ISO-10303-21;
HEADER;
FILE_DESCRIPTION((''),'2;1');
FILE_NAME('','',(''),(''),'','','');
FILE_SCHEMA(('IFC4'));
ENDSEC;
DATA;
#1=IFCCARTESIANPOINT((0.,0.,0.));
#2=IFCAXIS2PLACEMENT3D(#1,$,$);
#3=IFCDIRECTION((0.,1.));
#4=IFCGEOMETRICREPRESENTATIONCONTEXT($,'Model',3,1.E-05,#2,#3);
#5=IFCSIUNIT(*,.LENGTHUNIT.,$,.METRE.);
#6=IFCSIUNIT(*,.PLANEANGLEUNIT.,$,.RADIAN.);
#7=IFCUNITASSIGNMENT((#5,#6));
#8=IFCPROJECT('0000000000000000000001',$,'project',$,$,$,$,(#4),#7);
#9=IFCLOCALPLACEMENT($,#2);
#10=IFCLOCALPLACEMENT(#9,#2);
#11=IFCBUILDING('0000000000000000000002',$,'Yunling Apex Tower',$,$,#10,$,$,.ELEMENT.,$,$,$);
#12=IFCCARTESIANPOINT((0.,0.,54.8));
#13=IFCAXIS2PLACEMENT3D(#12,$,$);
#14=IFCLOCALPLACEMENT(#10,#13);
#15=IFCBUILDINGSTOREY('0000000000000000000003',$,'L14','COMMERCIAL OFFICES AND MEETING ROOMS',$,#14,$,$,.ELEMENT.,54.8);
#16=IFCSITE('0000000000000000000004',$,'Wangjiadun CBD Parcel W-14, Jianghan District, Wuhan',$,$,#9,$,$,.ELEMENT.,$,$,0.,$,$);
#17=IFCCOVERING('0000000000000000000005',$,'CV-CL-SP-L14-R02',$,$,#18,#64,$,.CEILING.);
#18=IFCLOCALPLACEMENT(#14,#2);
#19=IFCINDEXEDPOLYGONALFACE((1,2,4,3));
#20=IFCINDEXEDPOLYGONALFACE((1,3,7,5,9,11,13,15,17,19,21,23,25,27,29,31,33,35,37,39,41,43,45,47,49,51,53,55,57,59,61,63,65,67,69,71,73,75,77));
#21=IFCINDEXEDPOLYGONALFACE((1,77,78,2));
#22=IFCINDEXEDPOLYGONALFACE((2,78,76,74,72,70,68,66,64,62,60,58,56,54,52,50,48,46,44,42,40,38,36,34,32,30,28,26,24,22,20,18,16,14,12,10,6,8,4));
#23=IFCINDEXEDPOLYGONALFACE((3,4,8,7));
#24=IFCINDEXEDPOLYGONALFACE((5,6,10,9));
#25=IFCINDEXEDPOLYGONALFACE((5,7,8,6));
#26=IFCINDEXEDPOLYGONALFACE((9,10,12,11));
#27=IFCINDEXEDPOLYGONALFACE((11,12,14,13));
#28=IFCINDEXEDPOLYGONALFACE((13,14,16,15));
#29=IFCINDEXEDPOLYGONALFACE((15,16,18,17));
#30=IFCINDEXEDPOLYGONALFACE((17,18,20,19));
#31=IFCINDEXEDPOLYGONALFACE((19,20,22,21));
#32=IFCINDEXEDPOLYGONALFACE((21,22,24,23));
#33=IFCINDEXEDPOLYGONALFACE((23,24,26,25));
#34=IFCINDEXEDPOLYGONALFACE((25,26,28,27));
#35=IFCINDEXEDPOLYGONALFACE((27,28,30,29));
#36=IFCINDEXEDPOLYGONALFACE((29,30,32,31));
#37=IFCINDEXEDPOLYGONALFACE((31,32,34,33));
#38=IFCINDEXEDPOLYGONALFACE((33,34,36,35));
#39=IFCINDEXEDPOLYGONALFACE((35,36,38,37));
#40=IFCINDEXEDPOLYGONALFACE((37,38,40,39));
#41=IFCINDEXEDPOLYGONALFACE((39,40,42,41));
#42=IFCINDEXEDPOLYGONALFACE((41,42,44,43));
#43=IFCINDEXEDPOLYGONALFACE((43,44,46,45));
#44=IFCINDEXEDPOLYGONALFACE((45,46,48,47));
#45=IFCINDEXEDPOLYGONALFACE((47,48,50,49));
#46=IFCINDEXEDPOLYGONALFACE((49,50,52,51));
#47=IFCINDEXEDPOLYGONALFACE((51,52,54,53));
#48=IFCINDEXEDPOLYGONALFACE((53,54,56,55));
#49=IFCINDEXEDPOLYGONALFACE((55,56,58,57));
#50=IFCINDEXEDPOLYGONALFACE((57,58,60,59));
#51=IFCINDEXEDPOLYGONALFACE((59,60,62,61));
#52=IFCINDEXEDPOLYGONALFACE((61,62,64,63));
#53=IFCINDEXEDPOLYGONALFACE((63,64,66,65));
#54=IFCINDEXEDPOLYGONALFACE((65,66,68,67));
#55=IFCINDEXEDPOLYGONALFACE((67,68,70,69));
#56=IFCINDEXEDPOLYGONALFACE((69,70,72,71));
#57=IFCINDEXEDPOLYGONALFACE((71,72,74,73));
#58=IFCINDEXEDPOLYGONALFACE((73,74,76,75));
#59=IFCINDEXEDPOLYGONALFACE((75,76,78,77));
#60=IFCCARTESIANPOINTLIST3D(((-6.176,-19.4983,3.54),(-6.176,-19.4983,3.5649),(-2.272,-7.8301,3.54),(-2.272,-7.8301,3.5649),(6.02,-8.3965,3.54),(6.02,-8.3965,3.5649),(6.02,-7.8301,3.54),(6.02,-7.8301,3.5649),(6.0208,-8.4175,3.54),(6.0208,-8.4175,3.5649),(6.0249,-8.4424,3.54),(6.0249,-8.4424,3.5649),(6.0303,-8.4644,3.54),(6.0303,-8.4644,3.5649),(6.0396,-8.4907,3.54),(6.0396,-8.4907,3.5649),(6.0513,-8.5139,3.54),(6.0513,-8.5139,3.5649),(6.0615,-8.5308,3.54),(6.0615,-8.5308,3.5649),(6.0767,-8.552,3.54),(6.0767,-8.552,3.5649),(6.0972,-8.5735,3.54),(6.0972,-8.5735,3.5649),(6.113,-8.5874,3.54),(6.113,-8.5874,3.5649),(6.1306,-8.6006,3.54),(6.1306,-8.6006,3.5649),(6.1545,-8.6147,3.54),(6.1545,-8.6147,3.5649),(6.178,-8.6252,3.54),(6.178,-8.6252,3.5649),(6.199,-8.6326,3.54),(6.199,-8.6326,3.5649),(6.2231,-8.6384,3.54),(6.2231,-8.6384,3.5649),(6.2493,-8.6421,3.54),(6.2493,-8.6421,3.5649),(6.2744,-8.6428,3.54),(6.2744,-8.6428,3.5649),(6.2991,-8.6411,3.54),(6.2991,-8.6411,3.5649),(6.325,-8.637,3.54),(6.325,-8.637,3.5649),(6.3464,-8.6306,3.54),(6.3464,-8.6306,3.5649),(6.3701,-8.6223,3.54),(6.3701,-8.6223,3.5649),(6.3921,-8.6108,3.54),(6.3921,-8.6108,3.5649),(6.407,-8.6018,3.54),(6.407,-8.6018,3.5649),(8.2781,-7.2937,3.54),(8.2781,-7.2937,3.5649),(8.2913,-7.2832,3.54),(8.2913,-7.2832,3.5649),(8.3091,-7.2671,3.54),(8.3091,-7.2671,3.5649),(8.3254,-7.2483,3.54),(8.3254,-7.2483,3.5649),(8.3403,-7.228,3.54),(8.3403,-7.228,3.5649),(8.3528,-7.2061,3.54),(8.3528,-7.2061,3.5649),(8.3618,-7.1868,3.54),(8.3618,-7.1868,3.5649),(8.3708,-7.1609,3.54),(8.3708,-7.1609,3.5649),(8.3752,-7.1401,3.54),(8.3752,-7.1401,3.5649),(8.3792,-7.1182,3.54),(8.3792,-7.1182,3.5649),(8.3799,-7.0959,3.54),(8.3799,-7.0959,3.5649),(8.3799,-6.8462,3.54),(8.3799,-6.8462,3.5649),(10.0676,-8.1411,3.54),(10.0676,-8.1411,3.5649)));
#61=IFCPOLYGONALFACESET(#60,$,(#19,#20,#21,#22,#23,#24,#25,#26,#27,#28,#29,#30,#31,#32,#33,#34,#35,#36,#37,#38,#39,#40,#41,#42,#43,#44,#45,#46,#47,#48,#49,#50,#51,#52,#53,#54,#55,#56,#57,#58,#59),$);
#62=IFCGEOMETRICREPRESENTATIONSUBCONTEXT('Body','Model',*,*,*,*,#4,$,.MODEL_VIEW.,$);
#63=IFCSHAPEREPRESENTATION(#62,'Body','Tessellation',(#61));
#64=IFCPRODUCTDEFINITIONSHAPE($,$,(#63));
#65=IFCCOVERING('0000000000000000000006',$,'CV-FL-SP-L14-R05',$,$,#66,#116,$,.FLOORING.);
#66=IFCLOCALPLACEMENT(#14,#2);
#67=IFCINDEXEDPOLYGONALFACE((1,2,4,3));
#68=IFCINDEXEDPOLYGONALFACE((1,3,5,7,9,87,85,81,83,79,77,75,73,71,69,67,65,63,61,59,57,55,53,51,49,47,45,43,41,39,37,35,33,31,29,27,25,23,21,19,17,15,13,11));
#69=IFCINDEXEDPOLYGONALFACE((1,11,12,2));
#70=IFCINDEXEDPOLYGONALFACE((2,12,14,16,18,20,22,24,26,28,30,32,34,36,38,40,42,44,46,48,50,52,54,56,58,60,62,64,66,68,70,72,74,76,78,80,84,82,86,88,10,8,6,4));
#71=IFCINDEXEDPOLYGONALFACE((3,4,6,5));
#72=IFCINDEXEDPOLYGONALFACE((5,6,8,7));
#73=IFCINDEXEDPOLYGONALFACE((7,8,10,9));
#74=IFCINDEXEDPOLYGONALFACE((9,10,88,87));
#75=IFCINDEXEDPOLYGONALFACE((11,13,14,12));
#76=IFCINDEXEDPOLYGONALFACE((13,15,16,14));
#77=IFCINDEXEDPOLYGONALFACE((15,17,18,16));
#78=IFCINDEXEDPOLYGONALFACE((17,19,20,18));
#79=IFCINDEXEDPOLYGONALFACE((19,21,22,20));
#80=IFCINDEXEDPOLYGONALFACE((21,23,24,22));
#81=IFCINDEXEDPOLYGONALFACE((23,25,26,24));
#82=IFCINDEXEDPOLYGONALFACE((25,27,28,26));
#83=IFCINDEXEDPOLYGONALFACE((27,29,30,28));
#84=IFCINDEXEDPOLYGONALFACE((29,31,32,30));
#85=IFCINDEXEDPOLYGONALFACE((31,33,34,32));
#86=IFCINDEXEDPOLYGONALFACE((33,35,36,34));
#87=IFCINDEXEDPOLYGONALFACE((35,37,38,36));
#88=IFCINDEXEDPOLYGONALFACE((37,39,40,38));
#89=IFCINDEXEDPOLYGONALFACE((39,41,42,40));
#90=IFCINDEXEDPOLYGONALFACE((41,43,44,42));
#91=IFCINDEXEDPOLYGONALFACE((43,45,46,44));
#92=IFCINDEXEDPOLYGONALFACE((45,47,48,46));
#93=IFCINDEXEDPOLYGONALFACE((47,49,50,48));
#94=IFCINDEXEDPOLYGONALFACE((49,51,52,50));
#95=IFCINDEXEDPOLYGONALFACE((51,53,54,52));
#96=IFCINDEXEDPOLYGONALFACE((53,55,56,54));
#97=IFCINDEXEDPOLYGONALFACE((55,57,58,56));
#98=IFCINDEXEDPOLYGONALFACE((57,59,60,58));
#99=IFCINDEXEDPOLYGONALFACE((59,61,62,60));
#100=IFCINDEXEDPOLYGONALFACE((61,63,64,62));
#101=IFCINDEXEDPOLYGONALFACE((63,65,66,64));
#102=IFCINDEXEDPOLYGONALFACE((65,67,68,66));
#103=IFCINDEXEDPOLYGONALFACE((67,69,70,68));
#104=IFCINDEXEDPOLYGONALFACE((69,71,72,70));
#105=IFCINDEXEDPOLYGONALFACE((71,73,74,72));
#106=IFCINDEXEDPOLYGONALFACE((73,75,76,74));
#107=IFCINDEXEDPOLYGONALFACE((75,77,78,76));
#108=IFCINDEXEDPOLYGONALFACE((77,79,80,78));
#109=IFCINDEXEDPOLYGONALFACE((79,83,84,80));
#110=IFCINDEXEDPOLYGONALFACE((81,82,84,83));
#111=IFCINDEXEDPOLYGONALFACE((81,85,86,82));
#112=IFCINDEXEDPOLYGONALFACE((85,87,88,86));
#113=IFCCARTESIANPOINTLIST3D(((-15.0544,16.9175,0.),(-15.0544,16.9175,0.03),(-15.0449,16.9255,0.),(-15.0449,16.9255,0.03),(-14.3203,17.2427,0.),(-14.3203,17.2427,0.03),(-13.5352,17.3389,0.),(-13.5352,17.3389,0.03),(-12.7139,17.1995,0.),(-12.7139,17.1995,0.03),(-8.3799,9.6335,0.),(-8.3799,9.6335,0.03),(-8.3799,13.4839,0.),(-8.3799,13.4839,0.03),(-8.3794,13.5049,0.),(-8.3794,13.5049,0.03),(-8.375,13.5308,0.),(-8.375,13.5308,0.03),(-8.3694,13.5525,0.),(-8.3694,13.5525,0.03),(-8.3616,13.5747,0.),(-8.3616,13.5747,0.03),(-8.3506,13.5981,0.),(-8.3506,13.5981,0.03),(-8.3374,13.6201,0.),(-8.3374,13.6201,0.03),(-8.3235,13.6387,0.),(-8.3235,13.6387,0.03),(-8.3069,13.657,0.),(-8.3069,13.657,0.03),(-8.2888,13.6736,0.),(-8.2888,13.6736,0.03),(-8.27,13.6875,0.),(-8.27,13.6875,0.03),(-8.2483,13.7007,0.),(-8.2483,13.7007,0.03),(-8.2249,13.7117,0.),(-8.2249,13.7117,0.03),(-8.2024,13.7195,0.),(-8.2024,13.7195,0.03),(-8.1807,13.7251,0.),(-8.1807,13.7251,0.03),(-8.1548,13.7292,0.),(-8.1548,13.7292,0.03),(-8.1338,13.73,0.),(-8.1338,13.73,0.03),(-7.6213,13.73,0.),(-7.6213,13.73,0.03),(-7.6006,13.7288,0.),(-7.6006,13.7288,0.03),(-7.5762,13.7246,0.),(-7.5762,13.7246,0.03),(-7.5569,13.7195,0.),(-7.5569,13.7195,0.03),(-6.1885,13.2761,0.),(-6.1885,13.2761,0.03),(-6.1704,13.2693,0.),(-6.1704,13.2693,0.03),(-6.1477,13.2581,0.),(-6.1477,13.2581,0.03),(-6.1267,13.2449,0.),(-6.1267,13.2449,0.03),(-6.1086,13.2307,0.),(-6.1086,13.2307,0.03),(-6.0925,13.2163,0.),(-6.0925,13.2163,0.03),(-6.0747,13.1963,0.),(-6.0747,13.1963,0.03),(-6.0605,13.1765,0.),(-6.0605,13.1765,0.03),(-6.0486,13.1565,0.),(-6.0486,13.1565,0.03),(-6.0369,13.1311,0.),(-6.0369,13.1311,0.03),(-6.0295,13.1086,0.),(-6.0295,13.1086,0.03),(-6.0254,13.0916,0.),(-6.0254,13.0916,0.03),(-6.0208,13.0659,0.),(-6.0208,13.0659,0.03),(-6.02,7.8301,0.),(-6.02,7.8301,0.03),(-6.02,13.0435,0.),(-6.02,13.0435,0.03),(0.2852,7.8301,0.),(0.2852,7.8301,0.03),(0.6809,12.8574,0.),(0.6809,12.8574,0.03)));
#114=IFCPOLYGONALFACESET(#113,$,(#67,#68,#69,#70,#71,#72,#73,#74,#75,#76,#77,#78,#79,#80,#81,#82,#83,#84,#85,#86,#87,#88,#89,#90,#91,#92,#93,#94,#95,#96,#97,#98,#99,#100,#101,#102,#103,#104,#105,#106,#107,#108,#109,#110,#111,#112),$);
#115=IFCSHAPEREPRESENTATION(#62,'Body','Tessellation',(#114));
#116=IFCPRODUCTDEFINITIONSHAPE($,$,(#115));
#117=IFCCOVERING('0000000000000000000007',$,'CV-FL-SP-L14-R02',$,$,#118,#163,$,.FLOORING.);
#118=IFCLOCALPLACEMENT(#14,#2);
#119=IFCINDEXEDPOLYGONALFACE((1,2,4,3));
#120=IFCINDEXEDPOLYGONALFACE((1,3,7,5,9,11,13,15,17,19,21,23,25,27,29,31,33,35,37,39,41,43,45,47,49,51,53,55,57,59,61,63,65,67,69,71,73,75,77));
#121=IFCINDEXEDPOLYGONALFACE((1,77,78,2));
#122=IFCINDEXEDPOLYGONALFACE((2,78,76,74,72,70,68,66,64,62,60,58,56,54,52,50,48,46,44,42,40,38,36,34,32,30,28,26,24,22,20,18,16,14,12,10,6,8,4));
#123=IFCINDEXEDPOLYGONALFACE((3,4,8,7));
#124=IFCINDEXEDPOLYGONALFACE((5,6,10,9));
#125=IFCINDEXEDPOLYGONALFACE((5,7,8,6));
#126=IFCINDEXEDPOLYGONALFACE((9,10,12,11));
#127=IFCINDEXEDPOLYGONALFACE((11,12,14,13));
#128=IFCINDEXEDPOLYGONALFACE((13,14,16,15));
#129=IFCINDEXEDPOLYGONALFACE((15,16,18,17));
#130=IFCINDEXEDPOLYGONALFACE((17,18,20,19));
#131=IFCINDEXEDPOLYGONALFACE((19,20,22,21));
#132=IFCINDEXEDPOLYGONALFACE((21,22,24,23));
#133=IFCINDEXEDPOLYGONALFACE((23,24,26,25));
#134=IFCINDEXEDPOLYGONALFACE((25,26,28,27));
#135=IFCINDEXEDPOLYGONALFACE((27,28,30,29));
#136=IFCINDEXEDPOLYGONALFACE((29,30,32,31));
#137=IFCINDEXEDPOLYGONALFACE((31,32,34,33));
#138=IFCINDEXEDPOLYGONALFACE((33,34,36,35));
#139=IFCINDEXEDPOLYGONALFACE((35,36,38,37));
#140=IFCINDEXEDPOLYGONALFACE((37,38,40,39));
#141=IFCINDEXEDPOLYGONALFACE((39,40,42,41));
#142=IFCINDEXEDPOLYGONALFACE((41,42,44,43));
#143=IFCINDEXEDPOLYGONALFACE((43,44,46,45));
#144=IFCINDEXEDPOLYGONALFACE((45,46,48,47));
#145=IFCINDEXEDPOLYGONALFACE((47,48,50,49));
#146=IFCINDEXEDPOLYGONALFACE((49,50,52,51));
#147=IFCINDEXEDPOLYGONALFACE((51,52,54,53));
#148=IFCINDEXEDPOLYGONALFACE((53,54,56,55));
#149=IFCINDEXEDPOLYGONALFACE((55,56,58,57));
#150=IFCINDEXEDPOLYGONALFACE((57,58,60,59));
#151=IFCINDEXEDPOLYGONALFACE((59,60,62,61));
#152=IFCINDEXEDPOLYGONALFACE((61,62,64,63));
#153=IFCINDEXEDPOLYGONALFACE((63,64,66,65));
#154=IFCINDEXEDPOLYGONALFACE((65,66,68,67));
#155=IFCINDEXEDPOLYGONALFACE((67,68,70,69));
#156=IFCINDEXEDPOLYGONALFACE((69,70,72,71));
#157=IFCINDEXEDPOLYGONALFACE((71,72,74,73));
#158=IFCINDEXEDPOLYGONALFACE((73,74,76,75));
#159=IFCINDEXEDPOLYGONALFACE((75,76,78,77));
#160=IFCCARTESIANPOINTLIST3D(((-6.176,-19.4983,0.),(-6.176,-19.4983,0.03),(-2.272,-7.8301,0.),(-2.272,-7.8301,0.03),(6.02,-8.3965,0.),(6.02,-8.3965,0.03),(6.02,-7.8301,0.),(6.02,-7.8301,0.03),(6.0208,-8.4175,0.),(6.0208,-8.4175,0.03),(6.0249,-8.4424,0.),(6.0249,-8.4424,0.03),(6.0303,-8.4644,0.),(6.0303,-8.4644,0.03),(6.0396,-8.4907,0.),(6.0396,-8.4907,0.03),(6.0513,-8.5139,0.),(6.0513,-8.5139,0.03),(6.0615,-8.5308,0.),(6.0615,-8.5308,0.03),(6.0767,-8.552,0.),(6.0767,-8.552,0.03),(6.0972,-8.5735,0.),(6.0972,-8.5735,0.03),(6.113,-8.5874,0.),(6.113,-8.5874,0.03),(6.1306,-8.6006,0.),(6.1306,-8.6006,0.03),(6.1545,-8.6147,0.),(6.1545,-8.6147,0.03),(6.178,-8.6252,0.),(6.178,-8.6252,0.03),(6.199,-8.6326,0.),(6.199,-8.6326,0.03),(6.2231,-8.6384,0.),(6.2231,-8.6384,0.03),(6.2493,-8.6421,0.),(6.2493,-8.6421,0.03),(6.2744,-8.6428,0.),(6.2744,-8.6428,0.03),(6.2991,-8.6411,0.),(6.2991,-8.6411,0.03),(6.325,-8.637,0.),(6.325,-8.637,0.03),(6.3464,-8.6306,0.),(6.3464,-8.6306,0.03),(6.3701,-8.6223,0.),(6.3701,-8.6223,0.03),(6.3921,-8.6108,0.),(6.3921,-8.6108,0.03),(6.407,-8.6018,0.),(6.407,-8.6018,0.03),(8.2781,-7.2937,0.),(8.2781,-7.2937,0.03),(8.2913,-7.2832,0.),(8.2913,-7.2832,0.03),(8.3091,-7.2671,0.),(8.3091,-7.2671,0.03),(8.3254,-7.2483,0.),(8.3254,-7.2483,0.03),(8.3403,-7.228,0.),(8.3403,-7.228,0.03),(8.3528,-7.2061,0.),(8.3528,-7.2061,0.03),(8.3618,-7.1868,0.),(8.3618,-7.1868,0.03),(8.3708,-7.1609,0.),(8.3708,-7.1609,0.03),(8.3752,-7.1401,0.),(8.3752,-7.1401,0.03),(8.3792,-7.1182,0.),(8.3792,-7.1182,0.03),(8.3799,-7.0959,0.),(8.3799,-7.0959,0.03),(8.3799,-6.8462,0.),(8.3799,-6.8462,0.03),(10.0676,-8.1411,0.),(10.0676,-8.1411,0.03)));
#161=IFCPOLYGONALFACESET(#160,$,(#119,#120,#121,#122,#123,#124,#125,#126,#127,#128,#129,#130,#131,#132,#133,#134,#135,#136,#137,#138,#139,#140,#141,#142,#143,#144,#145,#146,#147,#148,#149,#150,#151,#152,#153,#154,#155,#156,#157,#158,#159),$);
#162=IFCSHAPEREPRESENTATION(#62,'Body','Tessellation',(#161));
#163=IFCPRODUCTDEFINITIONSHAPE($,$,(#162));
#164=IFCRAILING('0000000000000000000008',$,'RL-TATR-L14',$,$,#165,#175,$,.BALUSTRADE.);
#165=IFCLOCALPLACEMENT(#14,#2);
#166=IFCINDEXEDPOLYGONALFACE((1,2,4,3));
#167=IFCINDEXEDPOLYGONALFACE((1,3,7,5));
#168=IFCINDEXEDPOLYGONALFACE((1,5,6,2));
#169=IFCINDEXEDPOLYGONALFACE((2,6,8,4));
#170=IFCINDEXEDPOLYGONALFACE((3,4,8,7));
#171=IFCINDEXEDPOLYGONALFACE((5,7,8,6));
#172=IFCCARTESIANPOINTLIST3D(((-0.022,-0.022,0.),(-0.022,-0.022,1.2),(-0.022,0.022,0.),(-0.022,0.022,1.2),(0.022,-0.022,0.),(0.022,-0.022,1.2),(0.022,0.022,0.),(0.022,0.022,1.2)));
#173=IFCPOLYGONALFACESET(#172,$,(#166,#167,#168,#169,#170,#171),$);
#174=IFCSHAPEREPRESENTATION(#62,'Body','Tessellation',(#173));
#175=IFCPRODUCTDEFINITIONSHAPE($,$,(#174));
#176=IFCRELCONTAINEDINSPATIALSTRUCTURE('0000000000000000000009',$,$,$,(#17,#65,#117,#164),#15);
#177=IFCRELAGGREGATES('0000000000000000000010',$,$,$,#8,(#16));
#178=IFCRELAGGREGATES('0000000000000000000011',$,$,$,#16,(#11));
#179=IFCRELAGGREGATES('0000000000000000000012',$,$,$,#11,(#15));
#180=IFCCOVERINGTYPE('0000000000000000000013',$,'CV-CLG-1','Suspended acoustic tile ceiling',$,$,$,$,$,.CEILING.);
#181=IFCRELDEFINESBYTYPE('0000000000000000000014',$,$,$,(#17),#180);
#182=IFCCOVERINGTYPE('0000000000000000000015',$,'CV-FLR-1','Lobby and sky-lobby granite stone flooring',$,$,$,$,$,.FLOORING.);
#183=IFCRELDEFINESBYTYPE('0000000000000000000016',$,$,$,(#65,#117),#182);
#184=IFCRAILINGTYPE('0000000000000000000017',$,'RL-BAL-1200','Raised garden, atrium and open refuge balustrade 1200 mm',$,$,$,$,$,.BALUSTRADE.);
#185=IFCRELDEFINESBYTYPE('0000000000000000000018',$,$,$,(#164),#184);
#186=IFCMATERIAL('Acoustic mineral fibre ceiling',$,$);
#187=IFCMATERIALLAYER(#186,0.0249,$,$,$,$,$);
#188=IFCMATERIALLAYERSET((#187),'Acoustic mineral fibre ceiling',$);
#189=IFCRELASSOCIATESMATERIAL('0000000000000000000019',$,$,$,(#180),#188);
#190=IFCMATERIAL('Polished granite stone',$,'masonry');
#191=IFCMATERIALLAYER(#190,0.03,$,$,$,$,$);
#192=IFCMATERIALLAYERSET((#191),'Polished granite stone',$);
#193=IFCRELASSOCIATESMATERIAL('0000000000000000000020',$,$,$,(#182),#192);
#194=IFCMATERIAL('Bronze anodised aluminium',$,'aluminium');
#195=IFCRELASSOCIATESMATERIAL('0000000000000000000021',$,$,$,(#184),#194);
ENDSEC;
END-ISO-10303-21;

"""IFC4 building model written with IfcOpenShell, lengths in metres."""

from ifc_helpers import new_model, si_unit, direction, frame, origin, origin_2d, place, context, subcontext, project, spatial, polyline, rectangle, outline, extrude, material, layer, layer_set, type_object, element, save


model = new_model("IFC4")

# Units and contexts
model_context = context("Model", 3, precision=1e-05, world=origin(), true_north=direction((0.0, 1.0)))
body_context = subcontext(model_context, "Body", "Model", "MODEL_VIEW")
ifc_project = project(units=[si_unit("LENGTHUNIT", "METRE"), si_unit("PLANEANGLEUNIT", "RADIAN")], contexts=[model_context])

# Site, building, storey
site_placement = place(None, origin())
site = spatial("IfcSite", under=ifc_project, at=site_placement, Name="Wangjiadun CBD Parcel W-14, Jianghan District, Wuhan", CompositionType="ELEMENT", RefElevation=0.0)
building_placement = place(site_placement, origin())
building = spatial("IfcBuilding", under=site, at=building_placement, Name="Yunling Apex Tower", CompositionType="ELEMENT")
storey_placement = place(building_placement, frame((0.0, 0.0, 54.8)))
storey = spatial("IfcBuildingStorey", under=building, at=storey_placement, Name="L14", Description="COMMERCIAL OFFICES AND MEETING ROOMS", CompositionType="ELEMENT", Elevation=54.8)

# Coverings
ifc_material_1 = material(Name="Acoustic mineral fibre ceiling")
ifc_layer_1 = layer(ifc_material_1, 0.0249)
ifc_layer_set_1 = layer_set([ifc_layer_1], Name="Acoustic mineral fibre ceiling")
covering_type_1 = type_object("IfcCoveringType", Name="CV-CLG-1", Description="Suspended acoustic tile ceiling", PredefinedType="CEILING", material=ifc_layer_set_1)
covering_1_placement = place(storey_placement, frame((0.0, 0.0, 3.54)))
element("IfcCovering", 1, at=covering_1_placement, inside=storey, type_object=covering_type_1, Name="CV-CL-SP-L14-R02", PredefinedType="CEILING", context=body_context, shape_type="SweptSolid", body=[
    extrude(outline(polyline([(10.0676, -8.1411), (-6.176, -19.4983), (-2.272, -7.8301), (6.02, -7.8301), (6.02, -8.3965), (6.0208, -8.4175), (6.0249, -8.4424), (6.0303, -8.4644), (6.0396, -8.4907), (6.0513, -8.5139), (6.0615, -8.5308), (6.0767, -8.552), (6.0972, -8.5735), (6.113, -8.5874), (6.1306, -8.6006), (6.1545, -8.6147), (6.178, -8.6252), (6.199, -8.6326), (6.2231, -8.6384), (6.2493, -8.6421), (6.2744, -8.6428), (6.2991, -8.6411), (6.325, -8.637), (6.3464, -8.6306), (6.3701, -8.6223), (6.3921, -8.6108), (6.407, -8.6018), (8.2781, -7.2937), (8.2913, -7.2832), (8.3091, -7.2671), (8.3254, -7.2483), (8.3403, -7.228), (8.3528, -7.2061), (8.3618, -7.1868), (8.3708, -7.1609), (8.3752, -7.1401), (8.3792, -7.1182), (8.3799, -7.0959), (8.3799, -6.8462), (10.0676, -8.1411)])), origin(), (0.0, 0.0, 1.0), 0.0249),
])
ifc_material_2 = material(Name="Polished granite stone", Category="masonry")
ifc_layer_2 = layer(ifc_material_2, 0.03)
ifc_layer_set_2 = layer_set([ifc_layer_2], Name="Polished granite stone")
covering_type_2 = type_object("IfcCoveringType", Name="CV-FLR-1", Description="Lobby and sky-lobby granite stone flooring", PredefinedType="FLOORING", material=ifc_layer_set_2)
covering_2_placement = place(storey_placement, origin())
element("IfcCovering", 2, at=covering_2_placement, inside=storey, type_object=covering_type_2, Name="CV-FL-SP-L14-R05", PredefinedType="FLOORING", context=body_context, shape_type="SweptSolid", body=[
    extrude(outline(polyline([(-15.0544, 16.9175), (-15.0449, 16.9255), (-14.3203, 17.2427), (-13.5352, 17.3389), (-12.7139, 17.1995), (0.6809, 12.8574), (0.2852, 7.8301), (-6.02, 7.8301), (-6.02, 13.0435), (-6.0208, 13.0659), (-6.0254, 13.0916), (-6.0295, 13.1086), (-6.0369, 13.1311), (-6.0486, 13.1565), (-6.0605, 13.1765), (-6.0747, 13.1963), (-6.0925, 13.2163), (-6.1086, 13.2307), (-6.1267, 13.2449), (-6.1477, 13.2581), (-6.1704, 13.2693), (-6.1885, 13.2761), (-7.5569, 13.7195), (-7.5762, 13.7246), (-7.6006, 13.7288), (-7.6213, 13.73), (-8.1338, 13.73), (-8.1548, 13.7292), (-8.1807, 13.7251), (-8.2024, 13.7195), (-8.2249, 13.7117), (-8.2483, 13.7007), (-8.27, 13.6875), (-8.2888, 13.6736), (-8.3069, 13.657), (-8.3235, 13.6387), (-8.3374, 13.6201), (-8.3506, 13.5981), (-8.3616, 13.5747), (-8.3694, 13.5525), (-8.375, 13.5308), (-8.3794, 13.5049), (-8.3799, 13.4839), (-8.3799, 9.6335), (-15.0544, 16.9175)])), origin(), (0.0, 0.0, 1.0), 0.03),
])
covering_3_placement = place(storey_placement, origin())
element("IfcCovering", 3, at=covering_3_placement, inside=storey, type_object=covering_type_2, Name="CV-FL-SP-L14-R02", PredefinedType="FLOORING", context=body_context, shape_type="SweptSolid", body=[
    extrude(outline(polyline([(10.0676, -8.1411), (-6.176, -19.4983), (-2.272, -7.8301), (6.02, -7.8301), (6.02, -8.3965), (6.0208, -8.4175), (6.0249, -8.4424), (6.0303, -8.4644), (6.0396, -8.4907), (6.0513, -8.5139), (6.0615, -8.5308), (6.0767, -8.552), (6.0972, -8.5735), (6.113, -8.5874), (6.1306, -8.6006), (6.1545, -8.6147), (6.178, -8.6252), (6.199, -8.6326), (6.2231, -8.6384), (6.2493, -8.6421), (6.2744, -8.6428), (6.2991, -8.6411), (6.325, -8.637), (6.3464, -8.6306), (6.3701, -8.6223), (6.3921, -8.6108), (6.407, -8.6018), (8.2781, -7.2937), (8.2913, -7.2832), (8.3091, -7.2671), (8.3254, -7.2483), (8.3403, -7.228), (8.3528, -7.2061), (8.3618, -7.1868), (8.3708, -7.1609), (8.3752, -7.1401), (8.3792, -7.1182), (8.3799, -7.0959), (8.3799, -6.8462), (10.0676, -8.1411)])), origin(), (0.0, 0.0, 1.0), 0.03),
])

# Railing
ifc_material_3 = material(Name="Bronze anodised aluminium", Category="aluminium")
railing_type_1 = type_object("IfcRailingType", Name="RL-BAL-1200", Description="Raised garden, atrium and open refuge balustrade 1200 mm", PredefinedType="BALUSTRADE", material=ifc_material_3)
railing_1_placement = place(storey_placement, origin())
element("IfcRailing", 4, at=railing_1_placement, inside=storey, type_object=railing_type_1, Name="RL-TATR-L14", PredefinedType="BALUSTRADE", context=body_context, shape_type="SweptSolid", body=[
    extrude(rectangle(XDim=0.0439, YDim=0.0439, at=origin_2d()), origin(), (0.0, 0.0, 1.0), 1.2),
])

save(model, "model.ifc")
